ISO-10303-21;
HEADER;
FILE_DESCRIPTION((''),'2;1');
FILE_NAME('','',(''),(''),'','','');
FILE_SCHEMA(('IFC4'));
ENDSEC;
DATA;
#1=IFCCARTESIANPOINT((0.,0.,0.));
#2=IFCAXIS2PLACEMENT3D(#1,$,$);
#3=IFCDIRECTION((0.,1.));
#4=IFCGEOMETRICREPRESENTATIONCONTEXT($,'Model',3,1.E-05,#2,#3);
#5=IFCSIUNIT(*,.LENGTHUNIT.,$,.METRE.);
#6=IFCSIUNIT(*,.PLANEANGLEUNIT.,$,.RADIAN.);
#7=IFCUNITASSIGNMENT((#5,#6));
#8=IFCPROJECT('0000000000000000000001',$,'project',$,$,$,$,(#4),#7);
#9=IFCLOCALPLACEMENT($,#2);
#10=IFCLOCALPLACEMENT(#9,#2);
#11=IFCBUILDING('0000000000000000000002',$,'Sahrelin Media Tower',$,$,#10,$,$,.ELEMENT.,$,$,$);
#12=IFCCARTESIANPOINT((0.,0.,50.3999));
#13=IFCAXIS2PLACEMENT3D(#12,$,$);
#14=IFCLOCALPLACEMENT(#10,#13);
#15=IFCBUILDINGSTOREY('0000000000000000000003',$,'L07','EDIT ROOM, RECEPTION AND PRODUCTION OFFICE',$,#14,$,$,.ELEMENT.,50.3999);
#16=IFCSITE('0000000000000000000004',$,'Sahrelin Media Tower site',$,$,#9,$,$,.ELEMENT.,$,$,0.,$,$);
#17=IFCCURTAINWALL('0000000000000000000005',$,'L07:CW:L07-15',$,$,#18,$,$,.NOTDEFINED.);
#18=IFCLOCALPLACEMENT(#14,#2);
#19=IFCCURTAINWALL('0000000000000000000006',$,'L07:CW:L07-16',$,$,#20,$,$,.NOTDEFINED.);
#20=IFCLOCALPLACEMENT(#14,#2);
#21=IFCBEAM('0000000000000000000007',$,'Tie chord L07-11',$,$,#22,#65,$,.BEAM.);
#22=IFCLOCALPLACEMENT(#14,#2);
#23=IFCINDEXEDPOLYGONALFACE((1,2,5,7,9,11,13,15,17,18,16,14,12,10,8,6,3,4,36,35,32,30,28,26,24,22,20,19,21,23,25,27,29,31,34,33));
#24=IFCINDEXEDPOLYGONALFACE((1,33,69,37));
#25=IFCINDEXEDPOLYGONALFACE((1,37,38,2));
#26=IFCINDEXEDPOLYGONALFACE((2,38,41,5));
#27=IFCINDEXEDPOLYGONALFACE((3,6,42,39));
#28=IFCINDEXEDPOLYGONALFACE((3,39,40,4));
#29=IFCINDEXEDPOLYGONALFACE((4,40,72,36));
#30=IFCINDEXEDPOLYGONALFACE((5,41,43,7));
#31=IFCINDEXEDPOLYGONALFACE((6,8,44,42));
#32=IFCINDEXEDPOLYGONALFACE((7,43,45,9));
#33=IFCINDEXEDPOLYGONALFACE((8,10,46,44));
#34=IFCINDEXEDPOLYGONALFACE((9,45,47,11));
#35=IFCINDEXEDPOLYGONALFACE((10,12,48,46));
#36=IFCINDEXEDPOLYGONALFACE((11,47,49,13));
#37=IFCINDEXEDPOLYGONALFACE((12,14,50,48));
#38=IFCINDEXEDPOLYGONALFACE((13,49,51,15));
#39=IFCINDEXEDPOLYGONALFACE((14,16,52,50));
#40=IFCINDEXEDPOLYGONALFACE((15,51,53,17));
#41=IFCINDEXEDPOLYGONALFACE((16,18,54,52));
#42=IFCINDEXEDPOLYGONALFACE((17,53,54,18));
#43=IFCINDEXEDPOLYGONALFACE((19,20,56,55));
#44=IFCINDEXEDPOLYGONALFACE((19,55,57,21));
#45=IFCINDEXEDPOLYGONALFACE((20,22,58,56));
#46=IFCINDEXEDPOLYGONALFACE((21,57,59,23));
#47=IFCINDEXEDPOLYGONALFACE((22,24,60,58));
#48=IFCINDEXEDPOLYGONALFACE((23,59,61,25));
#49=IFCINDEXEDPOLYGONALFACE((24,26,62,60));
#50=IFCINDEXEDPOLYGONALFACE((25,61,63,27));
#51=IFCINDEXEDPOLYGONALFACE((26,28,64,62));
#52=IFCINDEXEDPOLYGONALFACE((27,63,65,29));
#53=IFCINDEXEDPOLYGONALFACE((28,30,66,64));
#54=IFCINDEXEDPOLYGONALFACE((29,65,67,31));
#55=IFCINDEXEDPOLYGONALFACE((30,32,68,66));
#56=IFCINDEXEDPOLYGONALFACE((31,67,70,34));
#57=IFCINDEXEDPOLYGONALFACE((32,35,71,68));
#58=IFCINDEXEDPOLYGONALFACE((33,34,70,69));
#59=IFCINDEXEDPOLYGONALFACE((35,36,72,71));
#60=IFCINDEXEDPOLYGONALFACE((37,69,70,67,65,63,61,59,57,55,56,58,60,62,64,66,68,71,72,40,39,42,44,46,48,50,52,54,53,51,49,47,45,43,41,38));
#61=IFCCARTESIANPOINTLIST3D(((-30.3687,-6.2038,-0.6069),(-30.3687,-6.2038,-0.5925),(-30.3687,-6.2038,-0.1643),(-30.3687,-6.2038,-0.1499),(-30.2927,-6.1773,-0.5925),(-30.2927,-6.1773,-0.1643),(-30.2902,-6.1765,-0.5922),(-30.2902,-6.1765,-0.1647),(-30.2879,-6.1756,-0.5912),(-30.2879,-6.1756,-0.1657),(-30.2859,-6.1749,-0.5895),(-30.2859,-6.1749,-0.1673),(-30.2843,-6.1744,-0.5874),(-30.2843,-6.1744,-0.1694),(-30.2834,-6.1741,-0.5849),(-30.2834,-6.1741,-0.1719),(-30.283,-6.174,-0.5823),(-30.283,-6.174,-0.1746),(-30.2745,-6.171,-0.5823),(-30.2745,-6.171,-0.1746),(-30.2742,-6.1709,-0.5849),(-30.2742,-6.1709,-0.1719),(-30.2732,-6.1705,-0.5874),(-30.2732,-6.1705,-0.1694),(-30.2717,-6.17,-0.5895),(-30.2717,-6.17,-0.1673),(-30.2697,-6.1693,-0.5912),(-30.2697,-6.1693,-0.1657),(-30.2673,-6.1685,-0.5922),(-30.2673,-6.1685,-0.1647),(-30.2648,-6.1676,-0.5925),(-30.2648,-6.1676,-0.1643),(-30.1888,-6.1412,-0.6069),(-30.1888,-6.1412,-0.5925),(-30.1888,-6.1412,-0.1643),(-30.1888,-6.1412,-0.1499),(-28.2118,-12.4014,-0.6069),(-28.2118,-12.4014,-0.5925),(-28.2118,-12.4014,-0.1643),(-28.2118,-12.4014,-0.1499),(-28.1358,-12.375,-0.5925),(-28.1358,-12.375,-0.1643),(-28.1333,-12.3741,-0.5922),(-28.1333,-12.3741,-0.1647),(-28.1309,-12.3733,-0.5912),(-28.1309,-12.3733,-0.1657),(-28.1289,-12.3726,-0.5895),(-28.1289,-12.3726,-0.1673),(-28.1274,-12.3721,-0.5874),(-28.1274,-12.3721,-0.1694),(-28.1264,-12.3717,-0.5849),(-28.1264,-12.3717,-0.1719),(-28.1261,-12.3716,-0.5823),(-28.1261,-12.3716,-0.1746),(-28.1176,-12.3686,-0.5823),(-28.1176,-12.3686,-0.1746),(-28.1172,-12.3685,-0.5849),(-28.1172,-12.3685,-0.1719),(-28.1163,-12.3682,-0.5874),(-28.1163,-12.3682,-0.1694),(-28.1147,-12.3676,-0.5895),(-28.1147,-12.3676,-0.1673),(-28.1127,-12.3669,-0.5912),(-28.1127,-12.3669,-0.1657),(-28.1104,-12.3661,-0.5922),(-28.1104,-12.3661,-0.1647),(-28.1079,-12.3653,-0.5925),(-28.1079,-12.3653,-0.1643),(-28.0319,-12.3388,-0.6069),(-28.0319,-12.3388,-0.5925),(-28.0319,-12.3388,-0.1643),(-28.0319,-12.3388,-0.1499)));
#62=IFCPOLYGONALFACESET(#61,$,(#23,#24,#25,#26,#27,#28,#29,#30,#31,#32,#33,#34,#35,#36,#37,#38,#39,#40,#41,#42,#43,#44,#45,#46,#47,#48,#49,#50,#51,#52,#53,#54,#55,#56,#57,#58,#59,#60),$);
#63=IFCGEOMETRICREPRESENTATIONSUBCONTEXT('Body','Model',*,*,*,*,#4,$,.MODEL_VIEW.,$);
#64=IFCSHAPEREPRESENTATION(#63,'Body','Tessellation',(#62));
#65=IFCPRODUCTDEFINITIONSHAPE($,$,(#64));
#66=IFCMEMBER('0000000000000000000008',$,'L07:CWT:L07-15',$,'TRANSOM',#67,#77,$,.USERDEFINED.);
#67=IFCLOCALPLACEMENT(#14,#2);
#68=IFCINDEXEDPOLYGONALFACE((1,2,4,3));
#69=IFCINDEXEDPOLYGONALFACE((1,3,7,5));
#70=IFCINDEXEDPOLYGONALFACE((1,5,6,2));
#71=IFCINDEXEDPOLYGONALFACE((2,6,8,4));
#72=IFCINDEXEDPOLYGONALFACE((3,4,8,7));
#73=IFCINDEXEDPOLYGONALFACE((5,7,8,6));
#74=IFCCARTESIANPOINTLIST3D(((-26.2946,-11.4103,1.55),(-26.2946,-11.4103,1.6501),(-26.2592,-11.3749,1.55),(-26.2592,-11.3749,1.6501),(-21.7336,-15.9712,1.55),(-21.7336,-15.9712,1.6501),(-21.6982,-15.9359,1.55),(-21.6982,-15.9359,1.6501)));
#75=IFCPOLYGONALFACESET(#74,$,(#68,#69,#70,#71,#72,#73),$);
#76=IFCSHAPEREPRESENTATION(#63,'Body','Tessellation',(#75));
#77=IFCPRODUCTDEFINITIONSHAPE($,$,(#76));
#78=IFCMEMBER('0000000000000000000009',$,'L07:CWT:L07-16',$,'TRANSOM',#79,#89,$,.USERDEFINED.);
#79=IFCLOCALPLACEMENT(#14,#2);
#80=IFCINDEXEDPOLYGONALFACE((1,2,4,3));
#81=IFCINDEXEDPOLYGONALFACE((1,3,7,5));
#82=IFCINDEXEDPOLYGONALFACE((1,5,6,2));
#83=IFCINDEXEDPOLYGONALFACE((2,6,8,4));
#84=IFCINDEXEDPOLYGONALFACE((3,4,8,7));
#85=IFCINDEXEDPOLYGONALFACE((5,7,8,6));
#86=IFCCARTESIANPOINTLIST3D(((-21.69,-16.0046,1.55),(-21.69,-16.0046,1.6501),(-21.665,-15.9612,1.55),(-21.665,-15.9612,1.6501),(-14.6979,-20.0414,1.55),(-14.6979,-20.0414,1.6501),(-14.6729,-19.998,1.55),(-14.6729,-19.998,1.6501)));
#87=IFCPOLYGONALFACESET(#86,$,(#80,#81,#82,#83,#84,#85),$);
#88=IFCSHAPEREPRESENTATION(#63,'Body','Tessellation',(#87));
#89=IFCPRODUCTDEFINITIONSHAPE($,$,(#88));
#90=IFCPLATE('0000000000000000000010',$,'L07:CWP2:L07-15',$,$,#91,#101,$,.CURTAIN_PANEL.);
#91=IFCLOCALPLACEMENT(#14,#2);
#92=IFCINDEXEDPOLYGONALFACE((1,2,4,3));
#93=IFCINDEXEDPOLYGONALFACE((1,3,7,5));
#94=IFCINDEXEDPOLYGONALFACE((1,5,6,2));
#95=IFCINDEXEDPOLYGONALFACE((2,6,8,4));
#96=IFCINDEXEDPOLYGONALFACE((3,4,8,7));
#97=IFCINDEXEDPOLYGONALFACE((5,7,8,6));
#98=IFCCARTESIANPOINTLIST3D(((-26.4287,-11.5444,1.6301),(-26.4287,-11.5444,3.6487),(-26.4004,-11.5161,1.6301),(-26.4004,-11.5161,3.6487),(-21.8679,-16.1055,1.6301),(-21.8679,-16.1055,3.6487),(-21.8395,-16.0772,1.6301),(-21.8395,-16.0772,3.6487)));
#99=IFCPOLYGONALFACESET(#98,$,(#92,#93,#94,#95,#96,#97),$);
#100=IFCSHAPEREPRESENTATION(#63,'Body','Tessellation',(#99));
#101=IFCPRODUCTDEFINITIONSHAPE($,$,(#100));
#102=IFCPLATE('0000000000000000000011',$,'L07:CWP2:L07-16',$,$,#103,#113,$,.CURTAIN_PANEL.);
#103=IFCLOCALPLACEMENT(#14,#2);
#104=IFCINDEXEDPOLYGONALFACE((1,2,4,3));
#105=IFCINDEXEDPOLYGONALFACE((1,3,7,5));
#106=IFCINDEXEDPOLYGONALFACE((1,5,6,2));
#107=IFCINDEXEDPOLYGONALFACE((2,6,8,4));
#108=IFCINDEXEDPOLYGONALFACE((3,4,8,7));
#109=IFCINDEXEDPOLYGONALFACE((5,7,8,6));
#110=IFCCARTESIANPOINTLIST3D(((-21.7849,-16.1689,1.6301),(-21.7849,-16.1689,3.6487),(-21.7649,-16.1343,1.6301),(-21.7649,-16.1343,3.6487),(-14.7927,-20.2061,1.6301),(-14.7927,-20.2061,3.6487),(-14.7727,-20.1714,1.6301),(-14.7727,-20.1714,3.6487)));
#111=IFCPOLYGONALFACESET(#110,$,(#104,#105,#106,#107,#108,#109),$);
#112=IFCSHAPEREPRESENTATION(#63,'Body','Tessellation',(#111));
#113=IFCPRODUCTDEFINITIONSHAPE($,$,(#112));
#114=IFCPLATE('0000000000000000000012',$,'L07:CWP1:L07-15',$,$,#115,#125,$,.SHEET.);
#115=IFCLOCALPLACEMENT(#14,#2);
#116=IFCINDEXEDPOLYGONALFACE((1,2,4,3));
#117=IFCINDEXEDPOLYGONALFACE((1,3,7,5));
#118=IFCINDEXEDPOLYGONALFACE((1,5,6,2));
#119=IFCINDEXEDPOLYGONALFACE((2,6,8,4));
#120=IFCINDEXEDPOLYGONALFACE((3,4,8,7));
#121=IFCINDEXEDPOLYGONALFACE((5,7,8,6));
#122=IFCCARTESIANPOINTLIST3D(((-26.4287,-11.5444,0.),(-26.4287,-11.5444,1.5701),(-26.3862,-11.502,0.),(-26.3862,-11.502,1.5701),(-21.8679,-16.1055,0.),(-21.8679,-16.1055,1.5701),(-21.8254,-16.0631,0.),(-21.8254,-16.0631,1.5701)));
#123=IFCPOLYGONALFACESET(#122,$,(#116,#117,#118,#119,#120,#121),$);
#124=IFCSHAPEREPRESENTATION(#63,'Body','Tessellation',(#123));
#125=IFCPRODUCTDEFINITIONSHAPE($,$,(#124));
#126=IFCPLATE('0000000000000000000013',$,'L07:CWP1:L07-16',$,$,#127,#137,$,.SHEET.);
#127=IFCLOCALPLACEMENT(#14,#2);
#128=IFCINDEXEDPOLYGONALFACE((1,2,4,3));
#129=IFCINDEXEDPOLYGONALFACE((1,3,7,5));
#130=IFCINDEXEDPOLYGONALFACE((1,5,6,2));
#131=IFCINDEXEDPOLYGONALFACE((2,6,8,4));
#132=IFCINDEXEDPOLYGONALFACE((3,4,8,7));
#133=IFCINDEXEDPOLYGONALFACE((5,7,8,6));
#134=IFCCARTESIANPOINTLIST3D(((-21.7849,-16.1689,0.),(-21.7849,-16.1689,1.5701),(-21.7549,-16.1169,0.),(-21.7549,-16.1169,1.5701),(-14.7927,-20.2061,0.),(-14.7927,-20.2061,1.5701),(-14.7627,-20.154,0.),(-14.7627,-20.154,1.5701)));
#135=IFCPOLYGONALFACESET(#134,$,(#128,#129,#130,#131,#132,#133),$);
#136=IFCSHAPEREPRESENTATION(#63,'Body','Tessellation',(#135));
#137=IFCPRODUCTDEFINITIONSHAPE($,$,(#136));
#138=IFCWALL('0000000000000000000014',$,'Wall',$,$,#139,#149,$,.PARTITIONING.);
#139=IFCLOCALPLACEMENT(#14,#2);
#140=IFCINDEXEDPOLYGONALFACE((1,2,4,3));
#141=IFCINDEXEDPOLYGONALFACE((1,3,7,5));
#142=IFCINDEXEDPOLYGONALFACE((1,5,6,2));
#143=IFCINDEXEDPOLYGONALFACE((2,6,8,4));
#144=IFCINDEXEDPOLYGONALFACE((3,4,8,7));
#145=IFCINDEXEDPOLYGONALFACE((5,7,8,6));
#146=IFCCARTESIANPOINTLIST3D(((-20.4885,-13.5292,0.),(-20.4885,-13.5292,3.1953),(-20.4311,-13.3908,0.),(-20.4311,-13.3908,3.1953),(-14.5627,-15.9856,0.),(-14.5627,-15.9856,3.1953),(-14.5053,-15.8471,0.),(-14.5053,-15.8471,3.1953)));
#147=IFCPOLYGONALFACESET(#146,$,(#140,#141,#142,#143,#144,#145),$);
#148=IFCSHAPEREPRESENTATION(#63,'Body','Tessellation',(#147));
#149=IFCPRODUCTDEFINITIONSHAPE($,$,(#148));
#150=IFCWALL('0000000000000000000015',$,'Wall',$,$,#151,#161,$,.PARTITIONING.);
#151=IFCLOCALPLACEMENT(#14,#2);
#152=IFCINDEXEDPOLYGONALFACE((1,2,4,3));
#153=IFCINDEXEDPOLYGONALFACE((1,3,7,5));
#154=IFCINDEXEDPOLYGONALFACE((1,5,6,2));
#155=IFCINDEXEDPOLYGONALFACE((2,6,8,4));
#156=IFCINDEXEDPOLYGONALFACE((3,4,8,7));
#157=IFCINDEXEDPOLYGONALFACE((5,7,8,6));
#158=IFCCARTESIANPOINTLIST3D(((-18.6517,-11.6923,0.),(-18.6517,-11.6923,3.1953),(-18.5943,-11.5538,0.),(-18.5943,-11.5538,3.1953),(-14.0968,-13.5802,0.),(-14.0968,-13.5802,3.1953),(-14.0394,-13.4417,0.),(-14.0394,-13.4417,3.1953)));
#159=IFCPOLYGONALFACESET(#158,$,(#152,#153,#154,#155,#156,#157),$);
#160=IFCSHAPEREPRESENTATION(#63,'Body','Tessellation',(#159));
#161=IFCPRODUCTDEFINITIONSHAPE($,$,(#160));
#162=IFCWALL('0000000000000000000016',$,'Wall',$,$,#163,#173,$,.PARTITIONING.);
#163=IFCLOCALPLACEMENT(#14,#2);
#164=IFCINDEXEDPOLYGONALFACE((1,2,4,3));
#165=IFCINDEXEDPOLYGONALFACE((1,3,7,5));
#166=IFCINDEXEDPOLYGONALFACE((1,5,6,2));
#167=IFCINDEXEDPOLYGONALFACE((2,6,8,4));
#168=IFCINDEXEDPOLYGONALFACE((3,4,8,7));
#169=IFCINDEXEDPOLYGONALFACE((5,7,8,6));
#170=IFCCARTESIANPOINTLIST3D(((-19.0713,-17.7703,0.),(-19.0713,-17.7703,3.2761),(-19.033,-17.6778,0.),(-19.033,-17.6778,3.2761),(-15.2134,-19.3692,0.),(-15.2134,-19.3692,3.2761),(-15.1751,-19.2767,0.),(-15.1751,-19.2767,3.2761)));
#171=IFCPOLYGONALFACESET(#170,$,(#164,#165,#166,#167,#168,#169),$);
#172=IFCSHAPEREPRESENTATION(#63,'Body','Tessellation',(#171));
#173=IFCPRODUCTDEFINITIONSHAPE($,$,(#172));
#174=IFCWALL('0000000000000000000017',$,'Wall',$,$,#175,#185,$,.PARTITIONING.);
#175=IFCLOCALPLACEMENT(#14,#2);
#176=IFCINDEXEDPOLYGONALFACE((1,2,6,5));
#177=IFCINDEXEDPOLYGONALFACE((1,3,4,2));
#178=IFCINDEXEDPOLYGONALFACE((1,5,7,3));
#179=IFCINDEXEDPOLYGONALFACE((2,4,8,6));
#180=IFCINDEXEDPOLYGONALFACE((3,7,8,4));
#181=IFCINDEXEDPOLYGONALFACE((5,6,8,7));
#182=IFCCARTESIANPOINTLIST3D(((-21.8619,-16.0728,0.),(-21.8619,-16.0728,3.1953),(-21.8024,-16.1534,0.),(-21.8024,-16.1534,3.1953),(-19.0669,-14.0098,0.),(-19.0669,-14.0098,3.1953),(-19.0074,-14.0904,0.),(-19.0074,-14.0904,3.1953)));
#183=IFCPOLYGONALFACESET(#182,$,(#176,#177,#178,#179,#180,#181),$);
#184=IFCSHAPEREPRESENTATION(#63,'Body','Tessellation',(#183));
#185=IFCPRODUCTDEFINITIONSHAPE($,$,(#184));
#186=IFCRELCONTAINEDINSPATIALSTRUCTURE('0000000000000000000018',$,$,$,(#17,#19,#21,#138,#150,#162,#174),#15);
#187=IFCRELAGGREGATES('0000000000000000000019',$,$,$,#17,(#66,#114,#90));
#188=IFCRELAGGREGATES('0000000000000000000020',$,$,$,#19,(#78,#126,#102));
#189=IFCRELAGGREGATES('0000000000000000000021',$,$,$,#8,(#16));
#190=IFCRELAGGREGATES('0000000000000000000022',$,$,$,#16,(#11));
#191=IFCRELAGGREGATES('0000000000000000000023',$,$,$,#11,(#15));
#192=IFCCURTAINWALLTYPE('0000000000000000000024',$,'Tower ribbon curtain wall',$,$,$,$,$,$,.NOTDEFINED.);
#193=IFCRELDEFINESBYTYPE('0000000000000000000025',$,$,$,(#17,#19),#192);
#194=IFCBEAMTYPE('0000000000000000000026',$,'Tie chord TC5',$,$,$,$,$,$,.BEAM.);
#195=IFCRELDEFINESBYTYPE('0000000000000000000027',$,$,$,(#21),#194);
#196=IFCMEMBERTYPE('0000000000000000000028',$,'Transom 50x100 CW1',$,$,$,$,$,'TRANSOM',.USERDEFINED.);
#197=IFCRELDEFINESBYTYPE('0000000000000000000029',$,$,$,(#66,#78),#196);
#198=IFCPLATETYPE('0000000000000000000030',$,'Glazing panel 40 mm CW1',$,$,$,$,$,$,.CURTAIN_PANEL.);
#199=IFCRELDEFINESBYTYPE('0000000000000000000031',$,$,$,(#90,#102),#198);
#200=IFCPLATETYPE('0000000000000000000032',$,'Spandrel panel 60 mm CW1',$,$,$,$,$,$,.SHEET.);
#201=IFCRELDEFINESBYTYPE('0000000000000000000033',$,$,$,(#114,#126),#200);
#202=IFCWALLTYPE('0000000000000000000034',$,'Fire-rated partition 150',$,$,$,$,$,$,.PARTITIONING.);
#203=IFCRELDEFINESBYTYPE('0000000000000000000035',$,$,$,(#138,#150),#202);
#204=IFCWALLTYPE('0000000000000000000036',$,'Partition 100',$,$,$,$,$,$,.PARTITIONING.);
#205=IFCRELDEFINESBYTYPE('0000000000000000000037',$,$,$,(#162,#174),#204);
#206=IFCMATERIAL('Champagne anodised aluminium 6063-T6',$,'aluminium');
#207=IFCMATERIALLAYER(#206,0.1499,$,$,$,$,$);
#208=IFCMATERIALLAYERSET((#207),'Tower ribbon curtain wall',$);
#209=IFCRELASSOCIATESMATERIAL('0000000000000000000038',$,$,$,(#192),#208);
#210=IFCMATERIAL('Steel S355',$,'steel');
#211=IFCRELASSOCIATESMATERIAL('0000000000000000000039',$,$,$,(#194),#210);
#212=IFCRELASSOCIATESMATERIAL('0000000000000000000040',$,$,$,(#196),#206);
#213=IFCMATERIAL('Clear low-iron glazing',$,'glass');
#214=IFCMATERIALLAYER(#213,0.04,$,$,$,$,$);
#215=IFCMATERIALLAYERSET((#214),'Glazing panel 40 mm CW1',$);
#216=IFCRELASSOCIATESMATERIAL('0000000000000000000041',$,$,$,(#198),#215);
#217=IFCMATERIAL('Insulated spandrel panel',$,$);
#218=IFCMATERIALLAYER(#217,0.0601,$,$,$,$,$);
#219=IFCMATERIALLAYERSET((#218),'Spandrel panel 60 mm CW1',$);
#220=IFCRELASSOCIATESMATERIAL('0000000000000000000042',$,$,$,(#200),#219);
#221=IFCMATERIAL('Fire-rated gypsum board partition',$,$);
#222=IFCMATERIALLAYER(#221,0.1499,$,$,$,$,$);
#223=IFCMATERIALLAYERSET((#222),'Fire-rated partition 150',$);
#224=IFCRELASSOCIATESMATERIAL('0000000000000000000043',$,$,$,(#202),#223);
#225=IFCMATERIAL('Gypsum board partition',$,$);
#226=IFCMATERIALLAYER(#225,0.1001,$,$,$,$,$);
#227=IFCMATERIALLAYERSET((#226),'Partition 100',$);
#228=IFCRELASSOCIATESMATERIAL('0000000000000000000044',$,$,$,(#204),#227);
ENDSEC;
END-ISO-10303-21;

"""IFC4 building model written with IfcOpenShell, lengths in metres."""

from ifc_helpers import new_model, si_unit, direction, frame, frame_2d, origin, origin_2d, place, context, subcontext, project, spatial, polyline, rectangle, i_section, outline, extrude, material, layer, layer_set, material_profile, profile_set, type_object, element, aggregate, save


model = new_model("IFC4")

# Units and contexts
model_context = context("Model", 3, precision=1e-05, world=origin(), true_north=direction((0.0, 1.0)))
body_context = subcontext(model_context, "Body", "Model", "MODEL_VIEW")
ifc_project = project(units=[si_unit("LENGTHUNIT", "METRE"), si_unit("PLANEANGLEUNIT", "RADIAN")], contexts=[model_context])

# Site, building, storey
site_placement = place(None, origin())
site = spatial("IfcSite", under=ifc_project, at=site_placement, Name="Sahrelin Media Tower site", CompositionType="ELEMENT", RefElevation=0.0)
building_placement = place(site_placement, origin())
building = spatial("IfcBuilding", under=site, at=building_placement, Name="Sahrelin Media Tower", CompositionType="ELEMENT")
storey_placement = place(building_placement, frame((0.0, 0.0, 50.3999)))
storey = spatial("IfcBuildingStorey", under=building, at=storey_placement, Name="L07", Description="EDIT ROOM, RECEPTION AND PRODUCTION OFFICE", CompositionType="ELEMENT", Elevation=50.3999)

# Shared definitions
ifc_material_1 = material(Name="Steel S355", Category="steel")

# Curtain walls
ifc_material_2 = material(Name="Champagne anodised aluminium 6063-T6", Category="aluminium")
ifc_layer_1 = layer(ifc_material_2, 0.1499)
ifc_layer_set_1 = layer_set([ifc_layer_1], Name="Tower ribbon curtain wall")
curtain_wall_type = type_object("IfcCurtainWallType", Name="Tower ribbon curtain wall", PredefinedType="NOTDEFINED", material=ifc_layer_set_1)
curtain_wall_1_placement = place(storey_placement, frame((-24.1343, -13.8108, 0.0), z_axis=(0.0, 0.0, 1.0), x_axis=(1.0, 0.0, 0.0)))
curtain_wall_1 = element("IfcCurtainWall", 1, at=curtain_wall_1_placement, inside=storey, type_object=curtain_wall_type, Name="L07:CW:L07-15", PredefinedType="NOTDEFINED")
curtain_wall_2_placement = place(storey_placement, frame((-18.2788, -18.1702, 0.0), z_axis=(0.0, 0.0, 1.0), x_axis=(1.0, 0.0, 0.0)))
curtain_wall_2 = element("IfcCurtainWall", 2, at=curtain_wall_2_placement, inside=storey, type_object=curtain_wall_type, Name="L07:CW:L07-16", PredefinedType="NOTDEFINED")

# Beam
ifc_material_profile_1 = material_profile(ifc_material_1, i_section(OverallWidth=0.1904, OverallDepth=0.457, WebThickness=0.009, FlangeThickness=0.0144, FilletRadius=0.0103, at=origin_2d()), Name="UB 457x191x74")
ifc_profile_set_1 = profile_set([ifc_material_profile_1], Name="Steel S355")
beam_type_1 = type_object("IfcBeamType", Name="Tie chord TC5", PredefinedType="BEAM", material=ifc_profile_set_1)
beam_1_placement = place(storey_placement, frame((-28.1218, -12.3701, -0.3784), z_axis=(-0.328689, 0.944438, 0.0), x_axis=(-0.944438, -0.328689, 0.0)))
element("IfcBeam", 3, at=beam_1_placement, inside=storey, type_object=beam_type_1, Name="Tie chord L07-11", PredefinedType="BEAM", context=body_context, shape_type="SweptSolid", body=[
    extrude(i_section(OverallWidth=0.1904, OverallDepth=0.457, WebThickness=0.009, FlangeThickness=0.0144, FilletRadius=0.0103, at=origin_2d()), origin(), (0.0, 0.0, 1.0), 6.5623),
])

# Members
ifc_material_profile_2 = material_profile(ifc_material_2, rectangle(XDim=0.05, YDim=0.1001, at=origin_2d()), Name="Transom 50x100")
ifc_profile_set_2 = profile_set([ifc_material_profile_2], Name="Champagne anodised aluminium 6063-T6")
member_type_1 = type_object("IfcMemberType", Name="Transom 50x100 CW1", ElementType="TRANSOM", PredefinedType="USERDEFINED", material=ifc_profile_set_2)
member_1_placement = place(storey_placement, frame((-26.2769, -11.3926, 1.6001), z_axis=(0.707107, -0.707107, 0.0), x_axis=(0.707107, 0.707107, 0.0)))
member_1 = element("IfcMember", 4, at=member_1_placement, type_object=member_type_1, Name="L07:CWT:L07-15", ObjectType="TRANSOM", PredefinedType="USERDEFINED", context=body_context, shape_type="SweptSolid", body=[
    extrude(rectangle(XDim=0.05, YDim=0.1001, at=origin_2d()), origin(), (0.0, 0.0, 1.0), 6.4502),
])
member_2_placement = place(storey_placement, frame((-21.6775, -15.9829, 1.6001), z_axis=(0.866029, -0.499993, 0.0), x_axis=(0.499993, 0.866029, 0.0)))
member_2 = element("IfcMember", 5, at=member_2_placement, type_object=member_type_1, Name="L07:CWT:L07-16", ObjectType="TRANSOM", PredefinedType="USERDEFINED", context=body_context, shape_type="SweptSolid", body=[
    extrude(rectangle(XDim=0.05, YDim=0.1001, at=origin_2d()), origin(), (0.0, 0.0, 1.0), 8.0737),
])

# Plates
ifc_material_3 = material(Name="Clear low-iron glazing", Category="glass")
ifc_layer_2 = layer(ifc_material_3, 0.04)
ifc_layer_set_2 = layer_set([ifc_layer_2], Name="Glazing panel 40 mm CW1")
plate_type_1 = type_object("IfcPlateType", Name="Glazing panel 40 mm CW1", PredefinedType="CURTAIN_PANEL", material=ifc_layer_set_2)
plate_1_placement = place(storey_placement, frame((-26.4287, -11.5444, 1.6301), z_axis=(-0.707126, -0.707088, 0.0), x_axis=(0.707088, -0.707126, 0.0)))
plate_1 = element("IfcPlate", 6, at=plate_1_placement, type_object=plate_type_1, Name="L07:CWP2:L07-15", PredefinedType="CURTAIN_PANEL", context=body_context, shape_type="SweptSolid", body=[
    extrude(outline(polyline([(0.0, 0.0), (6.4502, 0.0), (6.4502, 2.0186), (0.0, 2.0186), (0.0, 0.0)])), origin(), (0.0, 0.0, -1.0), 0.04),
])
plate_2_placement = place(storey_placement, frame((-21.7849, -16.1689, 1.6301), z_axis=(-0.500016, -0.866016, 0.0), x_axis=(0.866016, -0.500016, 0.0)))
plate_2 = element("IfcPlate", 7, at=plate_2_placement, type_object=plate_type_1, Name="L07:CWP2:L07-16", PredefinedType="CURTAIN_PANEL", context=body_context, shape_type="SweptSolid", body=[
    extrude(outline(polyline([(0.0, 0.0), (8.074, 0.0), (8.074, 2.0186), (0.0, 2.0186), (0.0, 0.0)])), origin(), (0.0, 0.0, -1.0), 0.04),
])
ifc_material_4 = material(Name="Insulated spandrel panel")
ifc_layer_3 = layer(ifc_material_4, 0.0601)
ifc_layer_set_3 = layer_set([ifc_layer_3], Name="Spandrel panel 60 mm CW1")
plate_type_2 = type_object("IfcPlateType", Name="Spandrel panel 60 mm CW1", PredefinedType="SHEET", material=ifc_layer_set_3)
plate_3_placement = place(storey_placement, frame((-26.4287, -11.5444, 0.0), z_axis=(-0.707126, -0.707088, 0.0), x_axis=(0.707088, -0.707126, 0.0)))
plate_3 = element("IfcPlate", 8, at=plate_3_placement, type_object=plate_type_2, Name="L07:CWP1:L07-15", PredefinedType="SHEET", context=body_context, shape_type="SweptSolid", body=[
    extrude(outline(polyline([(0.0, 0.0), (6.4502, 0.0), (6.4502, 1.5701), (0.0, 1.5701), (0.0, 0.0)])), origin(), (0.0, 0.0, -1.0), 0.0601),
])
aggregate(curtain_wall_1, [member_1, plate_3, plate_1])
plate_4_placement = place(storey_placement, frame((-21.7849, -16.1689, 0.0), z_axis=(-0.500016, -0.866016, 0.0), x_axis=(0.866016, -0.500016, 0.0)))
plate_4 = element("IfcPlate", 9, at=plate_4_placement, type_object=plate_type_2, Name="L07:CWP1:L07-16", PredefinedType="SHEET", context=body_context, shape_type="SweptSolid", body=[
    extrude(outline(polyline([(0.0, 0.0), (8.074, 0.0), (8.074, 1.5701), (0.0, 1.5701), (0.0, 0.0)])), origin(), (0.0, 0.0, -1.0), 0.0601),
])
aggregate(curtain_wall_2, [member_2, plate_4, plate_2])

# Walls
ifc_material_5 = material(Name="Fire-rated gypsum board partition")
ifc_layer_4 = layer(ifc_material_5, 0.1499)
ifc_layer_set_4 = layer_set([ifc_layer_4], Name="Fire-rated partition 150")
wall_type_1 = type_object("IfcWallType", Name="Fire-rated partition 150", PredefinedType="PARTITIONING", material=ifc_layer_set_4)
wall_1_placement = place(storey_placement, frame((-20.46, -13.46, 0.0), z_axis=(0.0, 0.0, 1.0), x_axis=(0.923783, -0.382918, 0.0)))
element("IfcWall", 10, at=wall_1_placement, inside=storey, type_object=wall_type_1, Name="Wall", PredefinedType="PARTITIONING", context=body_context, shape_type="SweptSolid", body=[
    extrude(rectangle(XDim=6.4148, YDim=0.1499, at=frame_2d((3.2075, 0.0))), origin(), (0.0, 0.0, 1.0), 3.1953),
])
wall_2_placement = place(storey_placement, frame((-18.623, -11.623, 0.0), z_axis=(0.0, 0.0, 1.0), x_axis=(0.923792, -0.382895, 0.0)))
element("IfcWall", 11, at=wall_2_placement, inside=storey, type_object=wall_type_1, Name="Wall", PredefinedType="PARTITIONING", context=body_context, shape_type="SweptSolid", body=[
    extrude(rectangle(XDim=4.9307, YDim=0.1499, at=frame_2d((2.4653, 0.0))), origin(), (0.0, 0.0, 1.0), 3.1953),
])
ifc_material_6 = material(Name="Gypsum board partition")
ifc_layer_5 = layer(ifc_material_6, 0.1001)
ifc_layer_set_5 = layer_set([ifc_layer_5], Name="Partition 100")
wall_type_2 = type_object("IfcWallType", Name="Partition 100", PredefinedType="PARTITIONING", material=ifc_layer_set_5)
wall_3_placement = place(storey_placement, frame((-19.052, -17.7241, 0.0), z_axis=(0.0, 0.0, 1.0), x_axis=(0.923805, -0.382863, 0.0)))
element("IfcWall", 12, at=wall_3_placement, inside=storey, type_object=wall_type_2, Name="Wall", PredefinedType="PARTITIONING", context=body_context, shape_type="SweptSolid", body=[
    extrude(rectangle(XDim=4.176, YDim=0.1001, at=frame_2d((2.0879, 0.0))), origin(), (0.0, 0.0, 1.0), 3.2761),
])
wall_4_placement = place(storey_placement, frame((-21.832, -16.113, 0.0), z_axis=(0.0, 0.0, 1.0), x_axis=(0.804564, 0.593865, 0.0)))
element("IfcWall", 13, at=wall_4_placement, inside=storey, type_object=wall_type_2, Name="Wall", PredefinedType="PARTITIONING", context=body_context, shape_type="SweptSolid", body=[
    extrude(rectangle(XDim=3.4739, YDim=0.1001, at=frame_2d((1.7368, 0.0))), origin(), (0.0, 0.0, 1.0), 3.1953),
])

save(model, "model.ifc")
